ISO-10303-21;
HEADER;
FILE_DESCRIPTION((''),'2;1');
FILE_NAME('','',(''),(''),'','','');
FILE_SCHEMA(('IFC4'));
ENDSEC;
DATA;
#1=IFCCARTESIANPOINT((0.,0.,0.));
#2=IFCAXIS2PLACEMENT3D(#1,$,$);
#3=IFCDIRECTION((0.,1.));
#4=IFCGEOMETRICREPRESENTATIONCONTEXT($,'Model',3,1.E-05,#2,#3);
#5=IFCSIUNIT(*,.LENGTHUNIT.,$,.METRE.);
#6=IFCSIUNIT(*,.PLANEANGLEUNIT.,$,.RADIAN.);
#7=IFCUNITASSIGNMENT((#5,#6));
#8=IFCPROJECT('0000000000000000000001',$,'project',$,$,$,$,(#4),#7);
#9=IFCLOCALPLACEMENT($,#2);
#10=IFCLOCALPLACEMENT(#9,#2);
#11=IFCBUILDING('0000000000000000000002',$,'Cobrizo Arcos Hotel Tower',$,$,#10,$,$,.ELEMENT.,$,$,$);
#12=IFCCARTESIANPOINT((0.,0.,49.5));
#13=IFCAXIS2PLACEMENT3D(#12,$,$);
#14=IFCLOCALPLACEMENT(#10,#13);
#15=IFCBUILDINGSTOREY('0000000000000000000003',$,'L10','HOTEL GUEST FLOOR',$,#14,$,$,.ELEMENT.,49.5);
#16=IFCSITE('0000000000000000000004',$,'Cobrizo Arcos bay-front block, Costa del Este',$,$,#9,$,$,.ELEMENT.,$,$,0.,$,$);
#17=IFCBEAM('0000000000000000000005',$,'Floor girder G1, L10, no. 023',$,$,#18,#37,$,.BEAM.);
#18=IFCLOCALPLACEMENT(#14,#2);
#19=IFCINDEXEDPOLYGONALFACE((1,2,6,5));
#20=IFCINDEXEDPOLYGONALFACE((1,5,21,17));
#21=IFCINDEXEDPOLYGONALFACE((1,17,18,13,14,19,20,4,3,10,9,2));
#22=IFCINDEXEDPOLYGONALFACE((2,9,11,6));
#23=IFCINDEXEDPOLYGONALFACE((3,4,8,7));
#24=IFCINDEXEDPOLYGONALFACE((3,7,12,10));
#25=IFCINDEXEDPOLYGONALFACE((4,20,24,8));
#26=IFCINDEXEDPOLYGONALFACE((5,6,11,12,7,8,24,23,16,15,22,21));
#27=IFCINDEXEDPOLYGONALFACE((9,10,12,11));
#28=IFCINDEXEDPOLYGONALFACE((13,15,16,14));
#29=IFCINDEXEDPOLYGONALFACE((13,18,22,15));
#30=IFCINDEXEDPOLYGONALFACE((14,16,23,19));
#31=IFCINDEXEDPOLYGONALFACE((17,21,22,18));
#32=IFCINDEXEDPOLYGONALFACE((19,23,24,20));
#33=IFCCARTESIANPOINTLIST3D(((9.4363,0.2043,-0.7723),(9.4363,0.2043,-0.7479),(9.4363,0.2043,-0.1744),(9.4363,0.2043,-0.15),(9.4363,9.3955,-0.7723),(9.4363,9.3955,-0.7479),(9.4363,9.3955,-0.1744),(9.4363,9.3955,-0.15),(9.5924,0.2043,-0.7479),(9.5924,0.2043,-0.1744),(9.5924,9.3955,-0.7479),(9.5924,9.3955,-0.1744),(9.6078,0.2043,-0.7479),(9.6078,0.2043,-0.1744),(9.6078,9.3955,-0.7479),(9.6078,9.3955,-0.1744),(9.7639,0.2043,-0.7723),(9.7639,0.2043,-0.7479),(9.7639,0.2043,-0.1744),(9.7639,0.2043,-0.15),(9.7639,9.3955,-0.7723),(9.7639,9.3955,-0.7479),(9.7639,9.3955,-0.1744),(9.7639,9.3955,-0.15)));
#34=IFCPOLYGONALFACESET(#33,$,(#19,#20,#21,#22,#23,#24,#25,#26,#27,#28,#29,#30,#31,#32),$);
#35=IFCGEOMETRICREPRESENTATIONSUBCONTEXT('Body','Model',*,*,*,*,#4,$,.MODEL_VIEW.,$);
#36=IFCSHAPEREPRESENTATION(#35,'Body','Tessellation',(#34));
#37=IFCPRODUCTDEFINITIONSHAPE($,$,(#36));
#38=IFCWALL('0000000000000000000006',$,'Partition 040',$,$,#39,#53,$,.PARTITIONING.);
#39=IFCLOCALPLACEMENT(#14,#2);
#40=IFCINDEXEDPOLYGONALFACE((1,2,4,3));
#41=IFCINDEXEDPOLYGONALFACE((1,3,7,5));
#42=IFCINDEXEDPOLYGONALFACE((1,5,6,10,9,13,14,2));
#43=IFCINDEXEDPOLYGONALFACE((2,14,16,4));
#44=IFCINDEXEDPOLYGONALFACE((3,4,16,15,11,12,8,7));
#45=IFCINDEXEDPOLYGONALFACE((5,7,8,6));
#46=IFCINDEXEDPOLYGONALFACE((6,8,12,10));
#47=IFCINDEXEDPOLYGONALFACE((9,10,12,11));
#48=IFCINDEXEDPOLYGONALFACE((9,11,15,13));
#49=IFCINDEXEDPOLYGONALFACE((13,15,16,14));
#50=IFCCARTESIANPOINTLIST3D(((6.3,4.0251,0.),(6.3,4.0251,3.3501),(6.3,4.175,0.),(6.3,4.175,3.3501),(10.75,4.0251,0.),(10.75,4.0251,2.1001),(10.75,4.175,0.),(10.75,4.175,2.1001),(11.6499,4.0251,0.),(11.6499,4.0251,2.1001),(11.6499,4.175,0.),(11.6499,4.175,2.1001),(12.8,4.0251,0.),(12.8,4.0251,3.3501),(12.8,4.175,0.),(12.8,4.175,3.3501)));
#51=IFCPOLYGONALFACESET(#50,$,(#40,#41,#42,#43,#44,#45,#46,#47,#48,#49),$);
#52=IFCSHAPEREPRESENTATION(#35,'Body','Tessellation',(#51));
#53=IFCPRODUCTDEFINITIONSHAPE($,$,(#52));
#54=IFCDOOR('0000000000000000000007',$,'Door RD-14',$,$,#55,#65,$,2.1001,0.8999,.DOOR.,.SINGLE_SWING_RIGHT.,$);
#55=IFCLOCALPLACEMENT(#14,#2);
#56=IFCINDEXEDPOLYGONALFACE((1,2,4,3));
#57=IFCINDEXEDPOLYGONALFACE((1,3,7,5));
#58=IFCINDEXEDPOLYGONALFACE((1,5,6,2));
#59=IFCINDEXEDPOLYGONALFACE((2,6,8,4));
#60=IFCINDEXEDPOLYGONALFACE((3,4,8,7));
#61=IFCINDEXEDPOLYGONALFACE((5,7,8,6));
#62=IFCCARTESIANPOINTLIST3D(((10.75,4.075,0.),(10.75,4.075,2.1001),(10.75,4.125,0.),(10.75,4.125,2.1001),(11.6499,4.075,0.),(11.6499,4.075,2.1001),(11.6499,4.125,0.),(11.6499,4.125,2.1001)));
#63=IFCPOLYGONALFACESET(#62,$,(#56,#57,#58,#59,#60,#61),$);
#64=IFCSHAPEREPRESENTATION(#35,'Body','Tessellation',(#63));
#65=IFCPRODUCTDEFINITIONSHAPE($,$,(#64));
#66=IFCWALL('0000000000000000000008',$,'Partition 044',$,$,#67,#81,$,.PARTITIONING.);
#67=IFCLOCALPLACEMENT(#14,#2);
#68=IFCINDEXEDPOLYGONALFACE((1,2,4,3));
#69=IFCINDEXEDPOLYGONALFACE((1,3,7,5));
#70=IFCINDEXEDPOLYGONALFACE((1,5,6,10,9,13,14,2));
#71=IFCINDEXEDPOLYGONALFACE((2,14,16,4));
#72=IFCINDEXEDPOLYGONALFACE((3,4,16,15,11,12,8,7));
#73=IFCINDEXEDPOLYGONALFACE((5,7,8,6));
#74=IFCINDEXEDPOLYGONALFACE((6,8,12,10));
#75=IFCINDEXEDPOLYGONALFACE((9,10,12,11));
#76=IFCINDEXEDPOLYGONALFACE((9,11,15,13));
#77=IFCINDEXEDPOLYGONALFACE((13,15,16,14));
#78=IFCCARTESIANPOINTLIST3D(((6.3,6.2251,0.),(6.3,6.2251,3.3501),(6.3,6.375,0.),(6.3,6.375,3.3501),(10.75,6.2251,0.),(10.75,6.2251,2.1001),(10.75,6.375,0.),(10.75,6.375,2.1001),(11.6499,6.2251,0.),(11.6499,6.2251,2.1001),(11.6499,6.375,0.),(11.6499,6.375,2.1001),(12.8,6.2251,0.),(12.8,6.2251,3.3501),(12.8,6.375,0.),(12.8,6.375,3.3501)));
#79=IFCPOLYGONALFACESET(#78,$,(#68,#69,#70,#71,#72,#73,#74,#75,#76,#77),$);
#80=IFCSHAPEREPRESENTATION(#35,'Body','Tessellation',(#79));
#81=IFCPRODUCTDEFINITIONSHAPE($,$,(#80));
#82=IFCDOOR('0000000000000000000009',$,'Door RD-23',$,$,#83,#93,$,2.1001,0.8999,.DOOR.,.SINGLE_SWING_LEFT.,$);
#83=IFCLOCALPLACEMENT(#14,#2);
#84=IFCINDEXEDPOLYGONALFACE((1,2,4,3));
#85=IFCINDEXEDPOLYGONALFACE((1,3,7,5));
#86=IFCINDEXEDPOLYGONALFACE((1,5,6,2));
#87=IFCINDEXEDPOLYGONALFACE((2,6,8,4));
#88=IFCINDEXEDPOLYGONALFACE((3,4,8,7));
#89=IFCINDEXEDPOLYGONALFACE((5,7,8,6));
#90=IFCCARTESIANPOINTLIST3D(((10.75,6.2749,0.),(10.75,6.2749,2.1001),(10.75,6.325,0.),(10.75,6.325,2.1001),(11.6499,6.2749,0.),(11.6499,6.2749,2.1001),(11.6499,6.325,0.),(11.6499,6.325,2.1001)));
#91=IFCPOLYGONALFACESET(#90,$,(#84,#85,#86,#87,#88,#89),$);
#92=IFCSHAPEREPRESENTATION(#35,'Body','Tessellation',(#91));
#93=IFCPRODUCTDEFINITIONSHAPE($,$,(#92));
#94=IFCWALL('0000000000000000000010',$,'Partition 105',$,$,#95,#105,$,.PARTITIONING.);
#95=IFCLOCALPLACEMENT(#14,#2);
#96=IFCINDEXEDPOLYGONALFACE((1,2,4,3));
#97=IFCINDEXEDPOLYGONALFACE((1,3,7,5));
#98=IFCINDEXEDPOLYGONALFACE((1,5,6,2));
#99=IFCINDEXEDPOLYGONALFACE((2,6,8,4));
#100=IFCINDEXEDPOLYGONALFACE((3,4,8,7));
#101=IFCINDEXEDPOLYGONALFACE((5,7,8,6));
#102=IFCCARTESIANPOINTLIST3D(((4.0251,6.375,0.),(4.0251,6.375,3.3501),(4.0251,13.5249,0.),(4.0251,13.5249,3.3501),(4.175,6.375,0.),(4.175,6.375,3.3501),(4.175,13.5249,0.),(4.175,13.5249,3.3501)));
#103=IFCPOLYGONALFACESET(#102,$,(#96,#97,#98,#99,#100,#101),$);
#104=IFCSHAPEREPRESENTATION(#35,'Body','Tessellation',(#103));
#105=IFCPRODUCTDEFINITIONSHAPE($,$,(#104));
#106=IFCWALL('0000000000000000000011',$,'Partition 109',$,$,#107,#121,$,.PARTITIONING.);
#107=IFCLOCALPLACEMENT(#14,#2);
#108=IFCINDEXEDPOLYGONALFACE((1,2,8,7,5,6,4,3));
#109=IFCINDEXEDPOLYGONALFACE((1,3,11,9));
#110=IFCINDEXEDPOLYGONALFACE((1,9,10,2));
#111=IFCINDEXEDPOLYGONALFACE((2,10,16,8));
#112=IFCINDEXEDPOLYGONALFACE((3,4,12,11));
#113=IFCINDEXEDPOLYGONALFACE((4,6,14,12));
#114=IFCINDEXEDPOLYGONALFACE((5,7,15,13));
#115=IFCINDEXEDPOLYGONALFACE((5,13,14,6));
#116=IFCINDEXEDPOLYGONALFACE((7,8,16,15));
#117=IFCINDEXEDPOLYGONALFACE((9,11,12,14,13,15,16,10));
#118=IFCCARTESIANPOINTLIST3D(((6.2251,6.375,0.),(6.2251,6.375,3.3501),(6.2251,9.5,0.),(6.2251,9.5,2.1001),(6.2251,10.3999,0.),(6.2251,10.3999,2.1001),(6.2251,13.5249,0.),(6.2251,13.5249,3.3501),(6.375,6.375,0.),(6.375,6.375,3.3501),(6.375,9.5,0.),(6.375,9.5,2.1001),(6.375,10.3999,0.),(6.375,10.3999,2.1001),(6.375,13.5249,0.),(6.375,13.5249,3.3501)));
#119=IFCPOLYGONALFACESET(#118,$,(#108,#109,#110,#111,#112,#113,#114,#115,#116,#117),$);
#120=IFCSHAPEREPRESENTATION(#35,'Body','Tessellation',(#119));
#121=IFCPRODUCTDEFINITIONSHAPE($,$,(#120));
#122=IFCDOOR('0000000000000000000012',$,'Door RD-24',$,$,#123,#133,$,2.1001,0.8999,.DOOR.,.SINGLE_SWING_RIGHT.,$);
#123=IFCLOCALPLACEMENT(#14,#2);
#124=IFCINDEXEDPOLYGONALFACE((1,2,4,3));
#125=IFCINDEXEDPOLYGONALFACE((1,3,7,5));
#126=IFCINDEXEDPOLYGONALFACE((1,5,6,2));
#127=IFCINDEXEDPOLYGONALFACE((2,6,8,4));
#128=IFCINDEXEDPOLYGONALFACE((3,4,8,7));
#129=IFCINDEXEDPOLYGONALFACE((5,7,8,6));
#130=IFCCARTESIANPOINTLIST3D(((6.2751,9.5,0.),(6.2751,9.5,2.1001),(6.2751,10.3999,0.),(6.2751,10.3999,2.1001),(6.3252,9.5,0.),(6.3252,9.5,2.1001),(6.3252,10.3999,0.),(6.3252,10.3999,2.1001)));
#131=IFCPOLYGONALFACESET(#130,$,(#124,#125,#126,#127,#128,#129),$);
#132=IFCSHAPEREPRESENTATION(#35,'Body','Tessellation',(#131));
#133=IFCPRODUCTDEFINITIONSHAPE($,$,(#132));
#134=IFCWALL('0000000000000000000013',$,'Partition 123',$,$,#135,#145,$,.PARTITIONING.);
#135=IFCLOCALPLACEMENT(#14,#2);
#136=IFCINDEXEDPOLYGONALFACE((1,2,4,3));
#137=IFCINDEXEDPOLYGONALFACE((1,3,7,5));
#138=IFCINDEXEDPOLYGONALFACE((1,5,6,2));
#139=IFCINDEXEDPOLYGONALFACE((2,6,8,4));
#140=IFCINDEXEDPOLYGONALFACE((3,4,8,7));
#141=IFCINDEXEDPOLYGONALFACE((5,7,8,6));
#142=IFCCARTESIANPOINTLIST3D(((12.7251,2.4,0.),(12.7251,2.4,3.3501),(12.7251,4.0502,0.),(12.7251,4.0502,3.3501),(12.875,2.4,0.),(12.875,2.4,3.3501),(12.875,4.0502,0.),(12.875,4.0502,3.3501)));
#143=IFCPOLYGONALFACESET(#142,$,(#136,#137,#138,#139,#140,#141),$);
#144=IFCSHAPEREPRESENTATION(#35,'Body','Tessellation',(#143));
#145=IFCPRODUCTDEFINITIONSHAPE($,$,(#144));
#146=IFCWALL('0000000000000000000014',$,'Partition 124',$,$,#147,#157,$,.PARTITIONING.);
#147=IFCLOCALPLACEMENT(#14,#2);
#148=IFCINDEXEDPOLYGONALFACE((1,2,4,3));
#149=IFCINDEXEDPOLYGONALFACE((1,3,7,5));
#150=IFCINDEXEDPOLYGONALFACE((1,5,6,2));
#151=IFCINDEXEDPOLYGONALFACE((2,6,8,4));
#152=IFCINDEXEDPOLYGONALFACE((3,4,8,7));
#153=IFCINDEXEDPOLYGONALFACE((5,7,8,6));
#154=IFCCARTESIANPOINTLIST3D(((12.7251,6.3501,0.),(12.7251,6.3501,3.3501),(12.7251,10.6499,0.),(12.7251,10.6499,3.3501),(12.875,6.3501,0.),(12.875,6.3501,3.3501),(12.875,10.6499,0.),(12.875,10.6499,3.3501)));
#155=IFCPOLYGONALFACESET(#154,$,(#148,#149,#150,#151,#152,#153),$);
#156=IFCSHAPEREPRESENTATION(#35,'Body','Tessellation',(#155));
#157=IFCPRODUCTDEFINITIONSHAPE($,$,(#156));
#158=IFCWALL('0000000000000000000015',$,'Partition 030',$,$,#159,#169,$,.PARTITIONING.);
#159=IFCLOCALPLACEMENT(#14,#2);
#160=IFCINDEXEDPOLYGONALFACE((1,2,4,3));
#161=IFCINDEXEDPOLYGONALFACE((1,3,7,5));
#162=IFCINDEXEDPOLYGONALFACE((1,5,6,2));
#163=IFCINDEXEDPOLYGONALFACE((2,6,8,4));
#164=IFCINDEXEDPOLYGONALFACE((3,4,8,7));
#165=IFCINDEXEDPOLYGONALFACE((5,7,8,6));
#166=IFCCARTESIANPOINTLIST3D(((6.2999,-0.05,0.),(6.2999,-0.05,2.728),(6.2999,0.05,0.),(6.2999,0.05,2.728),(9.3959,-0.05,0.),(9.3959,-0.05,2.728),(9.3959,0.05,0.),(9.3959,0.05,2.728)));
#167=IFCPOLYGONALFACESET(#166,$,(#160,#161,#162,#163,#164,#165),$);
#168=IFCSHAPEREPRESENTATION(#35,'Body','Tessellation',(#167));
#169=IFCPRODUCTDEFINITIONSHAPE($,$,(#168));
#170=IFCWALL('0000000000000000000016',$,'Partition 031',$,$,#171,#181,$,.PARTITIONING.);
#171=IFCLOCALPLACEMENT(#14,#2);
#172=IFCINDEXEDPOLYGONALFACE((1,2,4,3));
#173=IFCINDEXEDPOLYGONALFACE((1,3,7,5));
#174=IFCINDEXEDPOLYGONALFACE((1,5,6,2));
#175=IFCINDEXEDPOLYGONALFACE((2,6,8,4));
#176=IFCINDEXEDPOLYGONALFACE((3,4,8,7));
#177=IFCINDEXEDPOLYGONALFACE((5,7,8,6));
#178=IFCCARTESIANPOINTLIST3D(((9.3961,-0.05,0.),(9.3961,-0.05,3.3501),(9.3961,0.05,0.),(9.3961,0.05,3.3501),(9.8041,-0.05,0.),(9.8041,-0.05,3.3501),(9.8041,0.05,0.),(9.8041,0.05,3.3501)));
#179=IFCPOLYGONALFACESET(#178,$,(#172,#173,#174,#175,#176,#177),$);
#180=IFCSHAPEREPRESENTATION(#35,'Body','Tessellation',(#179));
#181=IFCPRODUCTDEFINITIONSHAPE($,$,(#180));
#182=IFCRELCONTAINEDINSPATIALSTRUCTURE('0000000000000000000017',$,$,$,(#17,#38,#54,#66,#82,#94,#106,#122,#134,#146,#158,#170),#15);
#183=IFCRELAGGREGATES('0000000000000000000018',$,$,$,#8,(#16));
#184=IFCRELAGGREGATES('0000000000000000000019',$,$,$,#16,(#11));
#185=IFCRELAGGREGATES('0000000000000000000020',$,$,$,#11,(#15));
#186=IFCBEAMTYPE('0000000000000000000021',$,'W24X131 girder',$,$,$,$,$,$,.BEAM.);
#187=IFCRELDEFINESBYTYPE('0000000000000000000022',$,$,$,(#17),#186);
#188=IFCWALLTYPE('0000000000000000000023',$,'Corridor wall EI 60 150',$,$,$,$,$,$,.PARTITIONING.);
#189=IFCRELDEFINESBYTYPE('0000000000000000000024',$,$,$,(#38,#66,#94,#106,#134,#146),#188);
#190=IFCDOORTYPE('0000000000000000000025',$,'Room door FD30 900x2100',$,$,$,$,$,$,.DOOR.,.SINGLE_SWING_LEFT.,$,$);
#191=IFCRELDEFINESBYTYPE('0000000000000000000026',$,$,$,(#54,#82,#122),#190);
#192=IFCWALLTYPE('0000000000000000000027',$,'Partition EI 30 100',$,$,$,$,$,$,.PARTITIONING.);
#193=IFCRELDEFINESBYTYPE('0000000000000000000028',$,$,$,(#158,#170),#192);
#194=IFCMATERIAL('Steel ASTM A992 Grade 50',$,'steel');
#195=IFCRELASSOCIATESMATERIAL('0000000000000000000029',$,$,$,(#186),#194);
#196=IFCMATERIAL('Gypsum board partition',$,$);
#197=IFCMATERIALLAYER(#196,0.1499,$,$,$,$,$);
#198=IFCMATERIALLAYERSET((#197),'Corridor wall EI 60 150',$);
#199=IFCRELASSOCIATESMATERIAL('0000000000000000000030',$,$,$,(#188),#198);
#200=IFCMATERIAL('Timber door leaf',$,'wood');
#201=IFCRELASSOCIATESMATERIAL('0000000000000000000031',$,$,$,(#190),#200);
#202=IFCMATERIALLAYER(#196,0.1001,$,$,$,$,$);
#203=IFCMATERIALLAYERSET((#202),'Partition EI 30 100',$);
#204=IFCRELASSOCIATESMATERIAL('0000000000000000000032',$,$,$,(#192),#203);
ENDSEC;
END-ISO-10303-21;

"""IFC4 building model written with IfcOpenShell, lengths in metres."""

from ifc_helpers import new_model, si_unit, direction, frame, frame_2d, origin, origin_2d, place, context, subcontext, project, spatial, rectangle, i_section, extrude, material, layer, layer_set, material_profile, profile_set, type_object, element, fill, save


model = new_model("IFC4")

# Units and contexts
model_context = context("Model", 3, precision=1e-05, world=origin(), true_north=direction((0.0, 1.0)))
body_context = subcontext(model_context, "Body", "Model", "MODEL_VIEW")
ifc_project = project(units=[si_unit("LENGTHUNIT", "METRE"), si_unit("PLANEANGLEUNIT", "RADIAN")], contexts=[model_context])

# Site, building, storey
site_placement = place(None, origin())
site = spatial("IfcSite", under=ifc_project, at=site_placement, Name="Cobrizo Arcos bay-front block, Costa del Este", CompositionType="ELEMENT", RefElevation=0.0)
building_placement = place(site_placement, origin())
building = spatial("IfcBuilding", under=site, at=building_placement, Name="Cobrizo Arcos Hotel Tower", CompositionType="ELEMENT")
storey_placement = place(building_placement, frame((0.0, 0.0, 49.5)))
storey = spatial("IfcBuildingStorey", under=building, at=storey_placement, Name="L10", Description="HOTEL GUEST FLOOR", CompositionType="ELEMENT", Elevation=49.5)

# Shared definitions
ifc_material_1 = material(Name="Steel ASTM A992 Grade 50", Category="steel")

# Beam
ifc_material_profile_1 = material_profile(ifc_material_1, i_section(OverallWidth=0.3276, OverallDepth=0.6223, WebThickness=0.0154, FlangeThickness=0.0244, at=origin_2d()), Name="W24X131")
ifc_profile_set_1 = profile_set([ifc_material_profile_1], Name="Steel ASTM A992 Grade 50")
beam_type_1 = type_object("IfcBeamType", Name="W24X131 girder", PredefinedType="BEAM", material=ifc_profile_set_1)
beam_1_placement = place(storey_placement, frame((9.6001, 0.2043, -0.4612), z_axis=(0.0, 1.0, 0.0), x_axis=(-1.0, 0.0, 0.0)))
element("IfcBeam", 1, at=beam_1_placement, inside=storey, type_object=beam_type_1, Name="Floor girder G1, L10, no. 023", PredefinedType="BEAM", context=body_context, shape_type="SweptSolid", body=[
    extrude(i_section(OverallWidth=0.3276, OverallDepth=0.6223, WebThickness=0.0154, FlangeThickness=0.0244, at=origin_2d()), origin(), (0.0, 0.0, 1.0), 9.1912),
])

# Walls, openings, doors
ifc_material_2 = material(Name="Gypsum board partition")
ifc_layer_1 = layer(ifc_material_2, 0.1499)
ifc_layer_set_1 = layer_set([ifc_layer_1], Name="Corridor wall EI 60 150")
wall_type_1 = type_object("IfcWallType", Name="Corridor wall EI 60 150", PredefinedType="PARTITIONING", material=ifc_layer_set_1)
wall_1_placement = place(storey_placement, frame((6.3, 4.1001, 0.0), z_axis=(0.0, 0.0, 1.0), x_axis=(1.0, 0.0, 0.0)))
wall_1 = element("IfcWall", 2, at=wall_1_placement, inside=storey, type_object=wall_type_1, Name="Partition 040", PredefinedType="PARTITIONING", context=body_context, shape_type="SweptSolid", body=[
    extrude(rectangle(XDim=6.5, YDim=0.1499, at=frame_2d((3.25, 0.0))), origin(), (0.0, 0.0, 1.0), 3.3501),
])
opening_1_placement = place(wall_1_placement, frame((4.45, 0.0, 0.0)))
opening_1 = element("IfcOpeningElement", 3, at=opening_1_placement, cuts=wall_1, PredefinedType="OPENING", context=body_context, shape_type="SweptSolid", body=[
    extrude(rectangle(XDim=0.8999, YDim=2.1001, at=frame_2d((0.45, 1.05))), frame((0.0, 0.0869, 0.0), z_axis=(0.0, -1.0, 0.0), x_axis=(1.0, 0.0, 0.0)), (0.0, 0.0, 1.0), 0.1738),
])
ifc_material_3 = material(Name="Timber door leaf", Category="wood")
door_type_1 = type_object("IfcDoorType", Name="Room door FD30 900x2100", OperationType="SINGLE_SWING_LEFT", PredefinedType="DOOR", material=ifc_material_3)
door_1_placement = place(opening_1_placement, origin())
door_1 = element("IfcDoor", 4, at=door_1_placement, inside=storey, type_object=door_type_1, Name="Door RD-14", OperationType="SINGLE_SWING_RIGHT", OverallHeight=2.1001, OverallWidth=0.8999, PredefinedType="DOOR", context=body_context, shape_type="SweptSolid", body=[
    extrude(rectangle(XDim=0.8999, YDim=2.1001, at=frame_2d((0.45, 1.05))), frame((0.0, 0.0249, 0.0), z_axis=(0.0, -1.0, 0.0), x_axis=(1.0, 0.0, 0.0)), (0.0, 0.0, 1.0), 0.05),
])
fill(opening_1, door_1)
wall_2_placement = place(storey_placement, frame((6.3, 6.3, 0.0), z_axis=(0.0, 0.0, 1.0), x_axis=(1.0, 0.0, 0.0)))
wall_2 = element("IfcWall", 5, at=wall_2_placement, inside=storey, type_object=wall_type_1, Name="Partition 044", PredefinedType="PARTITIONING", context=body_context, shape_type="SweptSolid", body=[
    extrude(rectangle(XDim=6.5, YDim=0.1499, at=frame_2d((3.25, 0.0))), origin(), (0.0, 0.0, 1.0), 3.3501),
])
opening_2_placement = place(wall_2_placement, frame((4.45, 0.0, 0.0)))
opening_2 = element("IfcOpeningElement", 6, at=opening_2_placement, cuts=wall_2, PredefinedType="OPENING", context=body_context, shape_type="SweptSolid", body=[
    extrude(rectangle(XDim=0.8999, YDim=2.1001, at=frame_2d((0.45, 1.05))), frame((0.0, 0.0869, 0.0), z_axis=(0.0, -1.0, 0.0), x_axis=(1.0, 0.0, 0.0)), (0.0, 0.0, 1.0), 0.1738),
])
door_2_placement = place(opening_2_placement, origin())
door_2 = element("IfcDoor", 7, at=door_2_placement, inside=storey, type_object=door_type_1, Name="Door RD-23", OperationType="SINGLE_SWING_LEFT", OverallHeight=2.1001, OverallWidth=0.8999, PredefinedType="DOOR", context=body_context, shape_type="SweptSolid", body=[
    extrude(rectangle(XDim=0.8999, YDim=2.1001, at=frame_2d((0.45, 1.05))), frame((0.0, 0.0249, 0.0), z_axis=(0.0, -1.0, 0.0), x_axis=(1.0, 0.0, 0.0)), (0.0, 0.0, 1.0), 0.05),
])
fill(opening_2, door_2)

# Wall
wall_3_placement = place(storey_placement, frame((4.1001, 6.375, 0.0), z_axis=(0.0, 0.0, 1.0), x_axis=(0.0, 1.0, 0.0)))
element("IfcWall", 8, at=wall_3_placement, inside=storey, type_object=wall_type_1, Name="Partition 105", PredefinedType="PARTITIONING", context=body_context, shape_type="SweptSolid", body=[
    extrude(rectangle(XDim=7.1499, YDim=0.1499, at=frame_2d((3.575, 0.0))), origin(), (0.0, 0.0, 1.0), 3.3501),
])

# Wall, opening, door
wall_4_placement = place(storey_placement, frame((6.3, 6.375, 0.0), z_axis=(0.0, 0.0, 1.0), x_axis=(0.0, 1.0, 0.0)))
wall_4 = element("IfcWall", 9, at=wall_4_placement, inside=storey, type_object=wall_type_1, Name="Partition 109", PredefinedType="PARTITIONING", context=body_context, shape_type="SweptSolid", body=[
    extrude(rectangle(XDim=7.1499, YDim=0.1499, at=frame_2d((3.575, 0.0))), origin(), (0.0, 0.0, 1.0), 3.3501),
])
opening_3_placement = place(wall_4_placement, frame((3.125, 0.0, 0.0)))
opening_3 = element("IfcOpeningElement", 10, at=opening_3_placement, cuts=wall_4, PredefinedType="OPENING", context=body_context, shape_type="SweptSolid", body=[
    extrude(rectangle(XDim=0.8999, YDim=2.1001, at=frame_2d((0.45, 1.05))), frame((0.0, 0.0869, 0.0), z_axis=(0.0, -1.0, 0.0), x_axis=(1.0, 0.0, 0.0)), (0.0, 0.0, 1.0), 0.1738),
])
door_3_placement = place(opening_3_placement, origin())
door_3 = element("IfcDoor", 11, at=door_3_placement, inside=storey, type_object=door_type_1, Name="Door RD-24", OperationType="SINGLE_SWING_RIGHT", OverallHeight=2.1001, OverallWidth=0.8999, PredefinedType="DOOR", context=body_context, shape_type="SweptSolid", body=[
    extrude(rectangle(XDim=0.8999, YDim=2.1001, at=frame_2d((0.45, 1.05))), frame((0.0, 0.0249, 0.0), z_axis=(0.0, -1.0, 0.0), x_axis=(1.0, 0.0, 0.0)), (0.0, 0.0, 1.0), 0.05),
])
fill(opening_3, door_3)

# Walls
wall_5_placement = place(storey_placement, frame((12.8, 2.3999, 0.0), z_axis=(0.0, 0.0, 1.0), x_axis=(0.0, 1.0, 0.0)))
element("IfcWall", 12, at=wall_5_placement, inside=storey, type_object=wall_type_1, Name="Partition 123", PredefinedType="PARTITIONING", context=body_context, shape_type="SweptSolid", body=[
    extrude(rectangle(XDim=1.6501, YDim=0.1499, at=frame_2d((0.8252, 0.0))), origin(), (0.0, 0.0, 1.0), 3.3501),
])
wall_6_placement = place(storey_placement, frame((12.8, 6.3501, 0.0), z_axis=(0.0, 0.0, 1.0), x_axis=(0.0, 1.0, 0.0)))
element("IfcWall", 13, at=wall_6_placement, inside=storey, type_object=wall_type_1, Name="Partition 124", PredefinedType="PARTITIONING", context=body_context, shape_type="SweptSolid", body=[
    extrude(rectangle(XDim=4.2998, YDim=0.1499, at=frame_2d((2.1499, 0.0))), origin(), (0.0, 0.0, 1.0), 3.3501),
])
ifc_layer_2 = layer(ifc_material_2, 0.1001)
ifc_layer_set_2 = layer_set([ifc_layer_2], Name="Partition EI 30 100")
wall_type_2 = type_object("IfcWallType", Name="Partition EI 30 100", PredefinedType="PARTITIONING", material=ifc_layer_set_2)
wall_7_placement = place(storey_placement, frame((6.3, 0.0, 0.0), z_axis=(0.0, 0.0, 1.0), x_axis=(1.0, 0.0, 0.0)))
element("IfcWall", 14, at=wall_7_placement, inside=storey, type_object=wall_type_2, Name="Partition 030", PredefinedType="PARTITIONING", context=body_context, shape_type="SweptSolid", body=[
    extrude(rectangle(XDim=3.0959, YDim=0.1001, at=frame_2d((1.5479, 0.0))), origin(), (0.0, 0.0, 1.0), 2.728),
])
wall_8_placement = place(storey_placement, frame((9.396, 0.0, 0.0), z_axis=(0.0, 0.0, 1.0), x_axis=(1.0, 0.0, 0.0)))
element("IfcWall", 15, at=wall_8_placement, inside=storey, type_object=wall_type_2, Name="Partition 031", PredefinedType="PARTITIONING", context=body_context, shape_type="SweptSolid", body=[
    extrude(rectangle(XDim=0.408, YDim=0.1001, at=frame_2d((0.2041, 0.0))), origin(), (0.0, 0.0, 1.0), 3.3501),
])

save(model, "model.ifc")
